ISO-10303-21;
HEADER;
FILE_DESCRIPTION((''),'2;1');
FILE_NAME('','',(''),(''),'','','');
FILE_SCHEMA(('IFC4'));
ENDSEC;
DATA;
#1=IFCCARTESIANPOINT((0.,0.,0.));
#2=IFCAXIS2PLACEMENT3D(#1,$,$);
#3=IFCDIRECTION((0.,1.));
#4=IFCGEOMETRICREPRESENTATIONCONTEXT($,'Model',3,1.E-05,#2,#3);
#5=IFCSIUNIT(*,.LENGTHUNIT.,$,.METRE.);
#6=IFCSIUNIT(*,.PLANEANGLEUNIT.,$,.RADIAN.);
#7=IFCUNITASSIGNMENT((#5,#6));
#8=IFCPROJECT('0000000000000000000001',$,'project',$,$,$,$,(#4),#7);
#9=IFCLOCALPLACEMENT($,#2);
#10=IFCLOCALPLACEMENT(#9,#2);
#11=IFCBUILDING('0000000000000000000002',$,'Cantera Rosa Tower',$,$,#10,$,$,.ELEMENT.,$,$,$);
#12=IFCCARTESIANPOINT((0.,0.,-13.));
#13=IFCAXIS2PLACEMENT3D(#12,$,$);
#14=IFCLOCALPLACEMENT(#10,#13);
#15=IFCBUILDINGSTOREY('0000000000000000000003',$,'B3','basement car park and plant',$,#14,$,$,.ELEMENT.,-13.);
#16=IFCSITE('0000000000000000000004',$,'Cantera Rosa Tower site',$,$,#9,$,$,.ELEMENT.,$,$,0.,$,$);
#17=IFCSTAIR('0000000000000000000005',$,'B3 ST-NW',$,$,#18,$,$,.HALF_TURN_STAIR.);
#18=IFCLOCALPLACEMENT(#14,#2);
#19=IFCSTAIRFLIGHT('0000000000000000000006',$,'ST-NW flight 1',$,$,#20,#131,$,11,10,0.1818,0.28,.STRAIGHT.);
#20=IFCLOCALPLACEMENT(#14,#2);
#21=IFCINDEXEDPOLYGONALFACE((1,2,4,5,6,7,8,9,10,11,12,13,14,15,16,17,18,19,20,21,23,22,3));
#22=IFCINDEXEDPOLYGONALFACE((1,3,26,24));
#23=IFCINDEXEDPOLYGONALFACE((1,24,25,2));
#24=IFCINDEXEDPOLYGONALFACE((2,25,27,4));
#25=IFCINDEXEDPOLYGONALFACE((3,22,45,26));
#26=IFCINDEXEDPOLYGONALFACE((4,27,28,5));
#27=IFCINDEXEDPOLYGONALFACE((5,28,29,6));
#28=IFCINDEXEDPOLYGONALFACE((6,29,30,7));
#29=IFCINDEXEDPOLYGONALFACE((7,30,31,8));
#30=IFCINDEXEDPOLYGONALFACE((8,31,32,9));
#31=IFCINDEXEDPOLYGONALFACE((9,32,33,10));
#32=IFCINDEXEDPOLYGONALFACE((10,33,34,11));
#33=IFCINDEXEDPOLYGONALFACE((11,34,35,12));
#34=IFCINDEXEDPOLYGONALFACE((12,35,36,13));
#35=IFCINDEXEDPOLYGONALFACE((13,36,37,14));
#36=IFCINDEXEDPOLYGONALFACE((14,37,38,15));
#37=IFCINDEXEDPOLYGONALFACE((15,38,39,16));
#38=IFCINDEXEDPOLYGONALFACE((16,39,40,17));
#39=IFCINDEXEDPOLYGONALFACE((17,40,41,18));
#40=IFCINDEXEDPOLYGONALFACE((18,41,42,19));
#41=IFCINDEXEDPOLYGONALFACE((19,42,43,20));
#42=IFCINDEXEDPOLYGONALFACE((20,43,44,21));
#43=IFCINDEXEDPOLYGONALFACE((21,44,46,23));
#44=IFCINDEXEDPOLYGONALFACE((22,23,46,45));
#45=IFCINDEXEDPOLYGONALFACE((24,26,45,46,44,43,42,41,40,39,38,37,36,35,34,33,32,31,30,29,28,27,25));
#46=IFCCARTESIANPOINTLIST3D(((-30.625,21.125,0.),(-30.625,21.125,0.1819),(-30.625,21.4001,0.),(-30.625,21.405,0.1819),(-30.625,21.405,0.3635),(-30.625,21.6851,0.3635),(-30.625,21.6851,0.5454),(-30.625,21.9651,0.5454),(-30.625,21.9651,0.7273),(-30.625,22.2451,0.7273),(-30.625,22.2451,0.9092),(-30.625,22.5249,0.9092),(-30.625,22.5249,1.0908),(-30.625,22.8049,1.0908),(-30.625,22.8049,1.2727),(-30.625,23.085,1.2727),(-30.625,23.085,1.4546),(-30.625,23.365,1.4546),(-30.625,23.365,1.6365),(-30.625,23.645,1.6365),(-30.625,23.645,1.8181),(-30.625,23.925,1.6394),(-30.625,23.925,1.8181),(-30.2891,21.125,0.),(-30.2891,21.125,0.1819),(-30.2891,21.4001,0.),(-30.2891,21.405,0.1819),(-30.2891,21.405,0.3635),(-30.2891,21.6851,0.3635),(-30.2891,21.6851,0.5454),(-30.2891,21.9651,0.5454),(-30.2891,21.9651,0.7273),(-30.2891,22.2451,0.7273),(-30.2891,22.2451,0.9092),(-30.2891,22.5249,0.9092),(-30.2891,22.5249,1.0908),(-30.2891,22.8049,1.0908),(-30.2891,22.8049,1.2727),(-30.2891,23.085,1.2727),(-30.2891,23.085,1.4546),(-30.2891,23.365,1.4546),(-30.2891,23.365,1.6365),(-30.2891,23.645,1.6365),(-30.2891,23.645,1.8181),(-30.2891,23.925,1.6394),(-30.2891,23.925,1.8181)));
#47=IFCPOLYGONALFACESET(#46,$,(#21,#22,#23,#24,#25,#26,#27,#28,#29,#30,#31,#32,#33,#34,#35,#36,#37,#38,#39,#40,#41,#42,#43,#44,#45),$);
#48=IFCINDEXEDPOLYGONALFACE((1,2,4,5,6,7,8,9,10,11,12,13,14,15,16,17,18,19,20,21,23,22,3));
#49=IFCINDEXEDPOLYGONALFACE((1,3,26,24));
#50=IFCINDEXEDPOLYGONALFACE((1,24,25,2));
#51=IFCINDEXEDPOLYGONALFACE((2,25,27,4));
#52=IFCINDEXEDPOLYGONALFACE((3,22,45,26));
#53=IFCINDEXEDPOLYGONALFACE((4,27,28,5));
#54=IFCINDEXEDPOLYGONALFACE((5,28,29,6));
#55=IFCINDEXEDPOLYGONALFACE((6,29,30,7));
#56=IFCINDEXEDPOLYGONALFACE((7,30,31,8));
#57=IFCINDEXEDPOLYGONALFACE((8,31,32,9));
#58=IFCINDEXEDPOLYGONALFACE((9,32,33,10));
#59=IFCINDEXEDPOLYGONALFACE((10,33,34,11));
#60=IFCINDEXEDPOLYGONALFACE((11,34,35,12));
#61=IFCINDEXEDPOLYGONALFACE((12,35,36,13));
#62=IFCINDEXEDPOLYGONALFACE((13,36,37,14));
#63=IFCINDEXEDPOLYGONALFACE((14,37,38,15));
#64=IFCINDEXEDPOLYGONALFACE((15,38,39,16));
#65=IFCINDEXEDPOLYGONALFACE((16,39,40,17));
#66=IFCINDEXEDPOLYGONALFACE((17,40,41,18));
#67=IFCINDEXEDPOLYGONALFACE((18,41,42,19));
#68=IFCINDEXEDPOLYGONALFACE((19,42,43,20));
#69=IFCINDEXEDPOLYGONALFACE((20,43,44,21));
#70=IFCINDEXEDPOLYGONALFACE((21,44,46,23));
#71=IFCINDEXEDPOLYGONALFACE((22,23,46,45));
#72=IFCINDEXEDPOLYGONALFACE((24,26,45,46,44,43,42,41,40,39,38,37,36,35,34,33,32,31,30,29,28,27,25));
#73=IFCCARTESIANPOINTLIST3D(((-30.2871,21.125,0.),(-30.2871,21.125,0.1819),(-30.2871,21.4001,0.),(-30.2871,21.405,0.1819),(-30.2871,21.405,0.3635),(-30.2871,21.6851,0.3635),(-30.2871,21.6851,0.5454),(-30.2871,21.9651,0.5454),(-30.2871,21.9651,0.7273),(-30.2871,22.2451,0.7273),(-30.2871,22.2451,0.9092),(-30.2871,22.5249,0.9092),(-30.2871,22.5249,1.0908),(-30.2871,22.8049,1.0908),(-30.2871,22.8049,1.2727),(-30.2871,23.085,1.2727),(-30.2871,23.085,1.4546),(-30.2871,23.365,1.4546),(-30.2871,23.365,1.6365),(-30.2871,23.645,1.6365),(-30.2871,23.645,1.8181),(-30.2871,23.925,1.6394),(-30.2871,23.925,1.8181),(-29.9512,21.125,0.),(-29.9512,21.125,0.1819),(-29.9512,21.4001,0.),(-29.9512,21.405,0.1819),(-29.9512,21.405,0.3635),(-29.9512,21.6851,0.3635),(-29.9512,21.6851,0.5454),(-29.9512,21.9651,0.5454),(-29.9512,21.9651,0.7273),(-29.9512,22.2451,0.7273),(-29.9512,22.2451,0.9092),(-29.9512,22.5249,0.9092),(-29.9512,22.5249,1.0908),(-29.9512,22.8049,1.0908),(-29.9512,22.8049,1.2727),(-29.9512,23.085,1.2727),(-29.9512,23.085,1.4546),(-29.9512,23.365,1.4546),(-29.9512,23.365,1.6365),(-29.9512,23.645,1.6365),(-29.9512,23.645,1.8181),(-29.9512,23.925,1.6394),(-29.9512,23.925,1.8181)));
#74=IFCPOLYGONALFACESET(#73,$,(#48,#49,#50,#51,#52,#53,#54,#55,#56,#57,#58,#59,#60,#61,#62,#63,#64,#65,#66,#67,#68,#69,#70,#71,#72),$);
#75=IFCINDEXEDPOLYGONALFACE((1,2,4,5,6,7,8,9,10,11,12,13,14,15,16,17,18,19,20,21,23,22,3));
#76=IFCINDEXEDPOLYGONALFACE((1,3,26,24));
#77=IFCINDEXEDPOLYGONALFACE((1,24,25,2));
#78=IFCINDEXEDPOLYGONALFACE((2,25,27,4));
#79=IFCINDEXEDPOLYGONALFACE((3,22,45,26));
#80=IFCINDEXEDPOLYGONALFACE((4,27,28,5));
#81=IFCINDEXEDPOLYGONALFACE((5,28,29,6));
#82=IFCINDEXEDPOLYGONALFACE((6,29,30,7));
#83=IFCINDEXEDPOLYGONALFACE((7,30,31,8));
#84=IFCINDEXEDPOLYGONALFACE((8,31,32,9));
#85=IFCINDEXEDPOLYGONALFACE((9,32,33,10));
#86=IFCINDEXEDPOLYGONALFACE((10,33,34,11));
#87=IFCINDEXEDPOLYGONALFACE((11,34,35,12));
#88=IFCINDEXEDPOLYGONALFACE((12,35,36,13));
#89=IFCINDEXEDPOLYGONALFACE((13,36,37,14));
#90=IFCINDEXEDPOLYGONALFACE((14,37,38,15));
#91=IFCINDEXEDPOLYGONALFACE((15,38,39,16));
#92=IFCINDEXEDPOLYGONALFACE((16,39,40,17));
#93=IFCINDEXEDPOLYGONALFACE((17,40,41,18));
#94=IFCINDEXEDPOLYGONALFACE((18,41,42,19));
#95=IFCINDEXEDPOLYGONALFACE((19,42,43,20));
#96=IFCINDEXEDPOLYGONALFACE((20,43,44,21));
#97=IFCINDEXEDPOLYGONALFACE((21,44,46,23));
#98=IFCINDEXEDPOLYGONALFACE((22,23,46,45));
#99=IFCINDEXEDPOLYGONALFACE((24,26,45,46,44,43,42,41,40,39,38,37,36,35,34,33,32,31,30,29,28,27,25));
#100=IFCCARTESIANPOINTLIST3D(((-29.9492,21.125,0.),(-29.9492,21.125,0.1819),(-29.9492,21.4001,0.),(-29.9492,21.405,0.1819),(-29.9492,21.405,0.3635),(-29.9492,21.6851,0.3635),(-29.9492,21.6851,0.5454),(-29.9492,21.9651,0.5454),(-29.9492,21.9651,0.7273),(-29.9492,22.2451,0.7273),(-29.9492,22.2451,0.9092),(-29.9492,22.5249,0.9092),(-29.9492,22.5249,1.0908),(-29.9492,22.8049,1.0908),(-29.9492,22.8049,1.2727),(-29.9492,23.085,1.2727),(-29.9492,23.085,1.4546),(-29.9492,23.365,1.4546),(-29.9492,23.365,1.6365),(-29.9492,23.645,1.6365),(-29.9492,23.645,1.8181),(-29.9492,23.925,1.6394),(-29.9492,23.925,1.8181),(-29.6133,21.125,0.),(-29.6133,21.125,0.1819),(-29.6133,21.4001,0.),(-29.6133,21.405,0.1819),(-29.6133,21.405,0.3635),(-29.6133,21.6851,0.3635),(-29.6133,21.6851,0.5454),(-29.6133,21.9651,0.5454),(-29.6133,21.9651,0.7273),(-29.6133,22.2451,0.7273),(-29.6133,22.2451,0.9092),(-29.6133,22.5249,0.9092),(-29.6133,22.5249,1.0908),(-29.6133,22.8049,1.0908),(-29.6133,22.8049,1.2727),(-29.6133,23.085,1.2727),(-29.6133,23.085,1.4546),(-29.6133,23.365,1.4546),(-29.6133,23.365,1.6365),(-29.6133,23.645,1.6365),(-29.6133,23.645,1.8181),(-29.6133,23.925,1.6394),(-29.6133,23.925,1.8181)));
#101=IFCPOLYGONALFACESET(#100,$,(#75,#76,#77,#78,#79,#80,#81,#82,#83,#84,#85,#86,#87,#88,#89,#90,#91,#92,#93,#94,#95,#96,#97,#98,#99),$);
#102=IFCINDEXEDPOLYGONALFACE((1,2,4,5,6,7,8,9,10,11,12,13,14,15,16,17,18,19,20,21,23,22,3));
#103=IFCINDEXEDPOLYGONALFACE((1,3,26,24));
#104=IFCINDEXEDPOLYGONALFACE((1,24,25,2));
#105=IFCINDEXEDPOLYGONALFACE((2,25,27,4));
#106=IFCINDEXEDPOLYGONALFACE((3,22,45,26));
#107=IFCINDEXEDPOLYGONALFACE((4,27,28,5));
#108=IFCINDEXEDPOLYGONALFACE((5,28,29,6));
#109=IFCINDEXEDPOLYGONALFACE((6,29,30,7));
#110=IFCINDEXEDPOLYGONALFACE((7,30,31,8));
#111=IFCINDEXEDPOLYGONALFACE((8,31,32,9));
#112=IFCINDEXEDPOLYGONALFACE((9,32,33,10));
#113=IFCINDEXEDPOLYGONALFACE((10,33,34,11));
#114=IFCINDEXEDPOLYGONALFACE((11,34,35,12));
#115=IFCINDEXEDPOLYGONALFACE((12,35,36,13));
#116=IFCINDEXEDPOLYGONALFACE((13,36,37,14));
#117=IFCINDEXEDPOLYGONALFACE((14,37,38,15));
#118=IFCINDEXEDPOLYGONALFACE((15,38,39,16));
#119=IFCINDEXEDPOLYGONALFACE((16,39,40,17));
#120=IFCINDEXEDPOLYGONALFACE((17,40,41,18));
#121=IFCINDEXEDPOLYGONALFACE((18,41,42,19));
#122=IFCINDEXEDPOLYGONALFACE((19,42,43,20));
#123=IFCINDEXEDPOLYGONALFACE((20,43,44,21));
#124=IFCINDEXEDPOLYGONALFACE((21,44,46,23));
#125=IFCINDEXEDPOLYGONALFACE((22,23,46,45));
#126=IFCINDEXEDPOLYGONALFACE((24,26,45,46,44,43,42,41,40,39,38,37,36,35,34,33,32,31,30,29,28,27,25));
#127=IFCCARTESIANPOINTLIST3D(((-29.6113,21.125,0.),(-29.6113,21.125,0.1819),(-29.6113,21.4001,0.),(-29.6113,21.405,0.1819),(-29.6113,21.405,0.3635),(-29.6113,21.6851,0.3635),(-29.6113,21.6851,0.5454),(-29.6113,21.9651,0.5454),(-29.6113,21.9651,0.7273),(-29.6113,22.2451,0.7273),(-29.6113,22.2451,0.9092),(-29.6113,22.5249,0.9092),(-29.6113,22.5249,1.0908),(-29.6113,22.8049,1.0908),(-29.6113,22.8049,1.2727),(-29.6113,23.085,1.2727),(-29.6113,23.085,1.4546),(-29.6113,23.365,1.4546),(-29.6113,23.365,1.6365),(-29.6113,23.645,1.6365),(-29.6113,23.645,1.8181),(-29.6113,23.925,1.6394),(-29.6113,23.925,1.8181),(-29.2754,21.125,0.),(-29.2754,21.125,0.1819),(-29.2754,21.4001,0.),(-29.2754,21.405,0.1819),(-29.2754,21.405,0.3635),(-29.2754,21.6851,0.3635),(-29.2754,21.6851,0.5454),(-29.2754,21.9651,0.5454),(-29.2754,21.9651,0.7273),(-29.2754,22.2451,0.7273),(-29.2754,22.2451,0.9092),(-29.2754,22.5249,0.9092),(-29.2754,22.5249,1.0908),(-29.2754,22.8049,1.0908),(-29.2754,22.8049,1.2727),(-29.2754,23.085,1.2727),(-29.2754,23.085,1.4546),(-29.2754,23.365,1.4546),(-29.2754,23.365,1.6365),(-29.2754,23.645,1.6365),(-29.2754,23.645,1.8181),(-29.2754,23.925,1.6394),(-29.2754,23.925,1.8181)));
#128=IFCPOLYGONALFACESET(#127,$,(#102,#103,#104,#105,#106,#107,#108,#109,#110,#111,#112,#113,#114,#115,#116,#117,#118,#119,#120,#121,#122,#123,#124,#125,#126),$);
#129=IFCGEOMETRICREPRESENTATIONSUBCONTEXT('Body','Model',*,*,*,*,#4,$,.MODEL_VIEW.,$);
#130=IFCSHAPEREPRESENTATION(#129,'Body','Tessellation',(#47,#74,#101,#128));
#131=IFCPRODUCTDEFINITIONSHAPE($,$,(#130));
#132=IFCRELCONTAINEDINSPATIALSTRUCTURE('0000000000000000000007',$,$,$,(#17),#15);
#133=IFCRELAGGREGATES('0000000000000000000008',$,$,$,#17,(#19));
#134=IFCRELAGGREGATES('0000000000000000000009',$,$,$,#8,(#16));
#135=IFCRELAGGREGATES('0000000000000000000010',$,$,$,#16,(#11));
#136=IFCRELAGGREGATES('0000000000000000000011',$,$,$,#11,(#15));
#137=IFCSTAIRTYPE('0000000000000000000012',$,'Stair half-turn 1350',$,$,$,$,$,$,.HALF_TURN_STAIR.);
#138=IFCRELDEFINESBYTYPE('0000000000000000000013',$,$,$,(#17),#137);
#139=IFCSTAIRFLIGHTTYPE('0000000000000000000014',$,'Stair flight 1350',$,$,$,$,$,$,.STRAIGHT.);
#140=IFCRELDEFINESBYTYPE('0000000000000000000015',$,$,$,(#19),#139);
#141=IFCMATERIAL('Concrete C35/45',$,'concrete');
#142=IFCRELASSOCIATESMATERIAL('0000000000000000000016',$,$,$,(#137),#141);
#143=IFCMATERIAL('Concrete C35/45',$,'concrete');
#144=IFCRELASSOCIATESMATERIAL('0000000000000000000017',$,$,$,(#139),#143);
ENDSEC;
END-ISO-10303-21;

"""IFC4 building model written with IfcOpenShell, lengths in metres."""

from ifc_helpers import new_model, si_unit, direction, frame, origin, place, context, subcontext, project, spatial, polyline, outline, extrude, material, type_object, element, aggregate, save


model = new_model("IFC4")

# Units and contexts
model_context = context("Model", 3, precision=1e-05, world=origin(), true_north=direction((0.0, 1.0)))
body_context = subcontext(model_context, "Body", "Model", "MODEL_VIEW")
ifc_project = project(units=[si_unit("LENGTHUNIT", "METRE"), si_unit("PLANEANGLEUNIT", "RADIAN")], contexts=[model_context])

# Site, building, storey
site_placement = place(None, origin())
site = spatial("IfcSite", under=ifc_project, at=site_placement, Name="Cantera Rosa Tower site", CompositionType="ELEMENT", RefElevation=0.0)
building_placement = place(site_placement, origin())
building = spatial("IfcBuilding", under=site, at=building_placement, Name="Cantera Rosa Tower", CompositionType="ELEMENT")
storey_placement = place(building_placement, frame((0.0, 0.0, -13.0)))
storey = spatial("IfcBuildingStorey", under=building, at=storey_placement, Name="B3", Description="basement car park and plant", CompositionType="ELEMENT", Elevation=-13.0)

# Stair, stair flight
ifc_material_1 = material(Name="Concrete C35/45", Category="concrete")
stair_type = type_object("IfcStairType", Name="Stair half-turn 1350", PredefinedType="HALF_TURN_STAIR", material=ifc_material_1)
stair_placement = place(storey_placement, origin())
stair = element("IfcStair", 1, at=stair_placement, inside=storey, type_object=stair_type, Name="B3 ST-NW", PredefinedType="HALF_TURN_STAIR")
ifc_material_2 = material(Name="Concrete C35/45", Category="concrete")
stair_flight_type = type_object("IfcStairFlightType", Name="Stair flight 1350", PredefinedType="STRAIGHT", material=ifc_material_2)
stair_flight_1_placement = place(storey_placement, frame((-29.95, 21.125, 0.0), z_axis=(0.0, 0.0, 1.0), x_axis=(0.0, 1.0, 0.0)))
stair_flight_1 = element("IfcStairFlight", 2, at=stair_flight_1_placement, type_object=stair_flight_type, Name="ST-NW flight 1", NumberOfRisers=11, NumberOfTreads=10, PredefinedType="STRAIGHT", RiserHeight=0.1818, TreadLength=0.28, context=body_context, shape_type="SweptSolid", body=[
    extrude(outline(polyline([(0.0, 0.0), (0.0, 0.1819), (0.28, 0.1819), (0.28, 0.3635), (0.5601, 0.3635), (0.5601, 0.5454), (0.8401, 0.5454), (0.8401, 0.7273), (1.1201, 0.7273), (1.1201, 0.9092), (1.3999, 0.9092), (1.3999, 1.0908), (1.6799, 1.0908), (1.6799, 1.2727), (1.96, 1.2727), (1.96, 1.4546), (2.24, 1.4546), (2.24, 1.6365), (2.52, 1.6365), (2.52, 1.8181), (2.8, 1.8181), (2.8, 2.0), (2.8, 1.6394), (0.2751, 0.0), (0.0, 0.0)])), frame((0.0, 0.675, 0.0), z_axis=(0.0, -1.0, 0.0), x_axis=(1.0, 0.0, 0.0)), (0.0, 0.0, 1.0), 0.3359),
    extrude(outline(polyline([(0.0, 0.0), (0.0, 0.1819), (0.28, 0.1819), (0.28, 0.3635), (0.5601, 0.3635), (0.5601, 0.5454), (0.8401, 0.5454), (0.8401, 0.7273), (1.1201, 0.7273), (1.1201, 0.9092), (1.3999, 0.9092), (1.3999, 1.0908), (1.6799, 1.0908), (1.6799, 1.2727), (1.96, 1.2727), (1.96, 1.4546), (2.24, 1.4546), (2.24, 1.6365), (2.52, 1.6365), (2.52, 1.8181), (2.8, 1.8181), (2.8, 2.0), (2.8, 1.6394), (0.2751, 0.0), (0.0, 0.0)])), frame((0.0, 0.3372, 0.0), z_axis=(0.0, -1.0, 0.0), x_axis=(1.0, 0.0, 0.0)), (0.0, 0.0, 1.0), 0.3359),
    extrude(outline(polyline([(0.0, 0.0), (0.0, 0.1819), (0.28, 0.1819), (0.28, 0.3635), (0.5601, 0.3635), (0.5601, 0.5454), (0.8401, 0.5454), (0.8401, 0.7273), (1.1201, 0.7273), (1.1201, 0.9092), (1.3999, 0.9092), (1.3999, 1.0908), (1.6799, 1.0908), (1.6799, 1.2727), (1.96, 1.2727), (1.96, 1.4546), (2.24, 1.4546), (2.24, 1.6365), (2.52, 1.6365), (2.52, 1.8181), (2.8, 1.8181), (2.8, 2.0), (2.8, 1.6394), (0.2751, 0.0), (0.0, 0.0)])), frame((0.0, -0.0007, 0.0), z_axis=(0.0, -1.0, 0.0), x_axis=(1.0, 0.0, 0.0)), (0.0, 0.0, 1.0), 0.3359),
    extrude(outline(polyline([(0.0, 0.0), (0.0, 0.1819), (0.28, 0.1819), (0.28, 0.3635), (0.5601, 0.3635), (0.5601, 0.5454), (0.8401, 0.5454), (0.8401, 0.7273), (1.1201, 0.7273), (1.1201, 0.9092), (1.3999, 0.9092), (1.3999, 1.0908), (1.6799, 1.0908), (1.6799, 1.2727), (1.96, 1.2727), (1.96, 1.4546), (2.24, 1.4546), (2.24, 1.6365), (2.52, 1.6365), (2.52, 1.8181), (2.8, 1.8181), (2.8, 2.0), (2.8, 1.6394), (0.2751, 0.0), (0.0, 0.0)])), frame((0.0, -0.3386, 0.0), z_axis=(0.0, -1.0, 0.0), x_axis=(1.0, 0.0, 0.0)), (0.0, 0.0, 1.0), 0.3359),
])
aggregate(stair, [stair_flight_1])

save(model, "model.ifc")
